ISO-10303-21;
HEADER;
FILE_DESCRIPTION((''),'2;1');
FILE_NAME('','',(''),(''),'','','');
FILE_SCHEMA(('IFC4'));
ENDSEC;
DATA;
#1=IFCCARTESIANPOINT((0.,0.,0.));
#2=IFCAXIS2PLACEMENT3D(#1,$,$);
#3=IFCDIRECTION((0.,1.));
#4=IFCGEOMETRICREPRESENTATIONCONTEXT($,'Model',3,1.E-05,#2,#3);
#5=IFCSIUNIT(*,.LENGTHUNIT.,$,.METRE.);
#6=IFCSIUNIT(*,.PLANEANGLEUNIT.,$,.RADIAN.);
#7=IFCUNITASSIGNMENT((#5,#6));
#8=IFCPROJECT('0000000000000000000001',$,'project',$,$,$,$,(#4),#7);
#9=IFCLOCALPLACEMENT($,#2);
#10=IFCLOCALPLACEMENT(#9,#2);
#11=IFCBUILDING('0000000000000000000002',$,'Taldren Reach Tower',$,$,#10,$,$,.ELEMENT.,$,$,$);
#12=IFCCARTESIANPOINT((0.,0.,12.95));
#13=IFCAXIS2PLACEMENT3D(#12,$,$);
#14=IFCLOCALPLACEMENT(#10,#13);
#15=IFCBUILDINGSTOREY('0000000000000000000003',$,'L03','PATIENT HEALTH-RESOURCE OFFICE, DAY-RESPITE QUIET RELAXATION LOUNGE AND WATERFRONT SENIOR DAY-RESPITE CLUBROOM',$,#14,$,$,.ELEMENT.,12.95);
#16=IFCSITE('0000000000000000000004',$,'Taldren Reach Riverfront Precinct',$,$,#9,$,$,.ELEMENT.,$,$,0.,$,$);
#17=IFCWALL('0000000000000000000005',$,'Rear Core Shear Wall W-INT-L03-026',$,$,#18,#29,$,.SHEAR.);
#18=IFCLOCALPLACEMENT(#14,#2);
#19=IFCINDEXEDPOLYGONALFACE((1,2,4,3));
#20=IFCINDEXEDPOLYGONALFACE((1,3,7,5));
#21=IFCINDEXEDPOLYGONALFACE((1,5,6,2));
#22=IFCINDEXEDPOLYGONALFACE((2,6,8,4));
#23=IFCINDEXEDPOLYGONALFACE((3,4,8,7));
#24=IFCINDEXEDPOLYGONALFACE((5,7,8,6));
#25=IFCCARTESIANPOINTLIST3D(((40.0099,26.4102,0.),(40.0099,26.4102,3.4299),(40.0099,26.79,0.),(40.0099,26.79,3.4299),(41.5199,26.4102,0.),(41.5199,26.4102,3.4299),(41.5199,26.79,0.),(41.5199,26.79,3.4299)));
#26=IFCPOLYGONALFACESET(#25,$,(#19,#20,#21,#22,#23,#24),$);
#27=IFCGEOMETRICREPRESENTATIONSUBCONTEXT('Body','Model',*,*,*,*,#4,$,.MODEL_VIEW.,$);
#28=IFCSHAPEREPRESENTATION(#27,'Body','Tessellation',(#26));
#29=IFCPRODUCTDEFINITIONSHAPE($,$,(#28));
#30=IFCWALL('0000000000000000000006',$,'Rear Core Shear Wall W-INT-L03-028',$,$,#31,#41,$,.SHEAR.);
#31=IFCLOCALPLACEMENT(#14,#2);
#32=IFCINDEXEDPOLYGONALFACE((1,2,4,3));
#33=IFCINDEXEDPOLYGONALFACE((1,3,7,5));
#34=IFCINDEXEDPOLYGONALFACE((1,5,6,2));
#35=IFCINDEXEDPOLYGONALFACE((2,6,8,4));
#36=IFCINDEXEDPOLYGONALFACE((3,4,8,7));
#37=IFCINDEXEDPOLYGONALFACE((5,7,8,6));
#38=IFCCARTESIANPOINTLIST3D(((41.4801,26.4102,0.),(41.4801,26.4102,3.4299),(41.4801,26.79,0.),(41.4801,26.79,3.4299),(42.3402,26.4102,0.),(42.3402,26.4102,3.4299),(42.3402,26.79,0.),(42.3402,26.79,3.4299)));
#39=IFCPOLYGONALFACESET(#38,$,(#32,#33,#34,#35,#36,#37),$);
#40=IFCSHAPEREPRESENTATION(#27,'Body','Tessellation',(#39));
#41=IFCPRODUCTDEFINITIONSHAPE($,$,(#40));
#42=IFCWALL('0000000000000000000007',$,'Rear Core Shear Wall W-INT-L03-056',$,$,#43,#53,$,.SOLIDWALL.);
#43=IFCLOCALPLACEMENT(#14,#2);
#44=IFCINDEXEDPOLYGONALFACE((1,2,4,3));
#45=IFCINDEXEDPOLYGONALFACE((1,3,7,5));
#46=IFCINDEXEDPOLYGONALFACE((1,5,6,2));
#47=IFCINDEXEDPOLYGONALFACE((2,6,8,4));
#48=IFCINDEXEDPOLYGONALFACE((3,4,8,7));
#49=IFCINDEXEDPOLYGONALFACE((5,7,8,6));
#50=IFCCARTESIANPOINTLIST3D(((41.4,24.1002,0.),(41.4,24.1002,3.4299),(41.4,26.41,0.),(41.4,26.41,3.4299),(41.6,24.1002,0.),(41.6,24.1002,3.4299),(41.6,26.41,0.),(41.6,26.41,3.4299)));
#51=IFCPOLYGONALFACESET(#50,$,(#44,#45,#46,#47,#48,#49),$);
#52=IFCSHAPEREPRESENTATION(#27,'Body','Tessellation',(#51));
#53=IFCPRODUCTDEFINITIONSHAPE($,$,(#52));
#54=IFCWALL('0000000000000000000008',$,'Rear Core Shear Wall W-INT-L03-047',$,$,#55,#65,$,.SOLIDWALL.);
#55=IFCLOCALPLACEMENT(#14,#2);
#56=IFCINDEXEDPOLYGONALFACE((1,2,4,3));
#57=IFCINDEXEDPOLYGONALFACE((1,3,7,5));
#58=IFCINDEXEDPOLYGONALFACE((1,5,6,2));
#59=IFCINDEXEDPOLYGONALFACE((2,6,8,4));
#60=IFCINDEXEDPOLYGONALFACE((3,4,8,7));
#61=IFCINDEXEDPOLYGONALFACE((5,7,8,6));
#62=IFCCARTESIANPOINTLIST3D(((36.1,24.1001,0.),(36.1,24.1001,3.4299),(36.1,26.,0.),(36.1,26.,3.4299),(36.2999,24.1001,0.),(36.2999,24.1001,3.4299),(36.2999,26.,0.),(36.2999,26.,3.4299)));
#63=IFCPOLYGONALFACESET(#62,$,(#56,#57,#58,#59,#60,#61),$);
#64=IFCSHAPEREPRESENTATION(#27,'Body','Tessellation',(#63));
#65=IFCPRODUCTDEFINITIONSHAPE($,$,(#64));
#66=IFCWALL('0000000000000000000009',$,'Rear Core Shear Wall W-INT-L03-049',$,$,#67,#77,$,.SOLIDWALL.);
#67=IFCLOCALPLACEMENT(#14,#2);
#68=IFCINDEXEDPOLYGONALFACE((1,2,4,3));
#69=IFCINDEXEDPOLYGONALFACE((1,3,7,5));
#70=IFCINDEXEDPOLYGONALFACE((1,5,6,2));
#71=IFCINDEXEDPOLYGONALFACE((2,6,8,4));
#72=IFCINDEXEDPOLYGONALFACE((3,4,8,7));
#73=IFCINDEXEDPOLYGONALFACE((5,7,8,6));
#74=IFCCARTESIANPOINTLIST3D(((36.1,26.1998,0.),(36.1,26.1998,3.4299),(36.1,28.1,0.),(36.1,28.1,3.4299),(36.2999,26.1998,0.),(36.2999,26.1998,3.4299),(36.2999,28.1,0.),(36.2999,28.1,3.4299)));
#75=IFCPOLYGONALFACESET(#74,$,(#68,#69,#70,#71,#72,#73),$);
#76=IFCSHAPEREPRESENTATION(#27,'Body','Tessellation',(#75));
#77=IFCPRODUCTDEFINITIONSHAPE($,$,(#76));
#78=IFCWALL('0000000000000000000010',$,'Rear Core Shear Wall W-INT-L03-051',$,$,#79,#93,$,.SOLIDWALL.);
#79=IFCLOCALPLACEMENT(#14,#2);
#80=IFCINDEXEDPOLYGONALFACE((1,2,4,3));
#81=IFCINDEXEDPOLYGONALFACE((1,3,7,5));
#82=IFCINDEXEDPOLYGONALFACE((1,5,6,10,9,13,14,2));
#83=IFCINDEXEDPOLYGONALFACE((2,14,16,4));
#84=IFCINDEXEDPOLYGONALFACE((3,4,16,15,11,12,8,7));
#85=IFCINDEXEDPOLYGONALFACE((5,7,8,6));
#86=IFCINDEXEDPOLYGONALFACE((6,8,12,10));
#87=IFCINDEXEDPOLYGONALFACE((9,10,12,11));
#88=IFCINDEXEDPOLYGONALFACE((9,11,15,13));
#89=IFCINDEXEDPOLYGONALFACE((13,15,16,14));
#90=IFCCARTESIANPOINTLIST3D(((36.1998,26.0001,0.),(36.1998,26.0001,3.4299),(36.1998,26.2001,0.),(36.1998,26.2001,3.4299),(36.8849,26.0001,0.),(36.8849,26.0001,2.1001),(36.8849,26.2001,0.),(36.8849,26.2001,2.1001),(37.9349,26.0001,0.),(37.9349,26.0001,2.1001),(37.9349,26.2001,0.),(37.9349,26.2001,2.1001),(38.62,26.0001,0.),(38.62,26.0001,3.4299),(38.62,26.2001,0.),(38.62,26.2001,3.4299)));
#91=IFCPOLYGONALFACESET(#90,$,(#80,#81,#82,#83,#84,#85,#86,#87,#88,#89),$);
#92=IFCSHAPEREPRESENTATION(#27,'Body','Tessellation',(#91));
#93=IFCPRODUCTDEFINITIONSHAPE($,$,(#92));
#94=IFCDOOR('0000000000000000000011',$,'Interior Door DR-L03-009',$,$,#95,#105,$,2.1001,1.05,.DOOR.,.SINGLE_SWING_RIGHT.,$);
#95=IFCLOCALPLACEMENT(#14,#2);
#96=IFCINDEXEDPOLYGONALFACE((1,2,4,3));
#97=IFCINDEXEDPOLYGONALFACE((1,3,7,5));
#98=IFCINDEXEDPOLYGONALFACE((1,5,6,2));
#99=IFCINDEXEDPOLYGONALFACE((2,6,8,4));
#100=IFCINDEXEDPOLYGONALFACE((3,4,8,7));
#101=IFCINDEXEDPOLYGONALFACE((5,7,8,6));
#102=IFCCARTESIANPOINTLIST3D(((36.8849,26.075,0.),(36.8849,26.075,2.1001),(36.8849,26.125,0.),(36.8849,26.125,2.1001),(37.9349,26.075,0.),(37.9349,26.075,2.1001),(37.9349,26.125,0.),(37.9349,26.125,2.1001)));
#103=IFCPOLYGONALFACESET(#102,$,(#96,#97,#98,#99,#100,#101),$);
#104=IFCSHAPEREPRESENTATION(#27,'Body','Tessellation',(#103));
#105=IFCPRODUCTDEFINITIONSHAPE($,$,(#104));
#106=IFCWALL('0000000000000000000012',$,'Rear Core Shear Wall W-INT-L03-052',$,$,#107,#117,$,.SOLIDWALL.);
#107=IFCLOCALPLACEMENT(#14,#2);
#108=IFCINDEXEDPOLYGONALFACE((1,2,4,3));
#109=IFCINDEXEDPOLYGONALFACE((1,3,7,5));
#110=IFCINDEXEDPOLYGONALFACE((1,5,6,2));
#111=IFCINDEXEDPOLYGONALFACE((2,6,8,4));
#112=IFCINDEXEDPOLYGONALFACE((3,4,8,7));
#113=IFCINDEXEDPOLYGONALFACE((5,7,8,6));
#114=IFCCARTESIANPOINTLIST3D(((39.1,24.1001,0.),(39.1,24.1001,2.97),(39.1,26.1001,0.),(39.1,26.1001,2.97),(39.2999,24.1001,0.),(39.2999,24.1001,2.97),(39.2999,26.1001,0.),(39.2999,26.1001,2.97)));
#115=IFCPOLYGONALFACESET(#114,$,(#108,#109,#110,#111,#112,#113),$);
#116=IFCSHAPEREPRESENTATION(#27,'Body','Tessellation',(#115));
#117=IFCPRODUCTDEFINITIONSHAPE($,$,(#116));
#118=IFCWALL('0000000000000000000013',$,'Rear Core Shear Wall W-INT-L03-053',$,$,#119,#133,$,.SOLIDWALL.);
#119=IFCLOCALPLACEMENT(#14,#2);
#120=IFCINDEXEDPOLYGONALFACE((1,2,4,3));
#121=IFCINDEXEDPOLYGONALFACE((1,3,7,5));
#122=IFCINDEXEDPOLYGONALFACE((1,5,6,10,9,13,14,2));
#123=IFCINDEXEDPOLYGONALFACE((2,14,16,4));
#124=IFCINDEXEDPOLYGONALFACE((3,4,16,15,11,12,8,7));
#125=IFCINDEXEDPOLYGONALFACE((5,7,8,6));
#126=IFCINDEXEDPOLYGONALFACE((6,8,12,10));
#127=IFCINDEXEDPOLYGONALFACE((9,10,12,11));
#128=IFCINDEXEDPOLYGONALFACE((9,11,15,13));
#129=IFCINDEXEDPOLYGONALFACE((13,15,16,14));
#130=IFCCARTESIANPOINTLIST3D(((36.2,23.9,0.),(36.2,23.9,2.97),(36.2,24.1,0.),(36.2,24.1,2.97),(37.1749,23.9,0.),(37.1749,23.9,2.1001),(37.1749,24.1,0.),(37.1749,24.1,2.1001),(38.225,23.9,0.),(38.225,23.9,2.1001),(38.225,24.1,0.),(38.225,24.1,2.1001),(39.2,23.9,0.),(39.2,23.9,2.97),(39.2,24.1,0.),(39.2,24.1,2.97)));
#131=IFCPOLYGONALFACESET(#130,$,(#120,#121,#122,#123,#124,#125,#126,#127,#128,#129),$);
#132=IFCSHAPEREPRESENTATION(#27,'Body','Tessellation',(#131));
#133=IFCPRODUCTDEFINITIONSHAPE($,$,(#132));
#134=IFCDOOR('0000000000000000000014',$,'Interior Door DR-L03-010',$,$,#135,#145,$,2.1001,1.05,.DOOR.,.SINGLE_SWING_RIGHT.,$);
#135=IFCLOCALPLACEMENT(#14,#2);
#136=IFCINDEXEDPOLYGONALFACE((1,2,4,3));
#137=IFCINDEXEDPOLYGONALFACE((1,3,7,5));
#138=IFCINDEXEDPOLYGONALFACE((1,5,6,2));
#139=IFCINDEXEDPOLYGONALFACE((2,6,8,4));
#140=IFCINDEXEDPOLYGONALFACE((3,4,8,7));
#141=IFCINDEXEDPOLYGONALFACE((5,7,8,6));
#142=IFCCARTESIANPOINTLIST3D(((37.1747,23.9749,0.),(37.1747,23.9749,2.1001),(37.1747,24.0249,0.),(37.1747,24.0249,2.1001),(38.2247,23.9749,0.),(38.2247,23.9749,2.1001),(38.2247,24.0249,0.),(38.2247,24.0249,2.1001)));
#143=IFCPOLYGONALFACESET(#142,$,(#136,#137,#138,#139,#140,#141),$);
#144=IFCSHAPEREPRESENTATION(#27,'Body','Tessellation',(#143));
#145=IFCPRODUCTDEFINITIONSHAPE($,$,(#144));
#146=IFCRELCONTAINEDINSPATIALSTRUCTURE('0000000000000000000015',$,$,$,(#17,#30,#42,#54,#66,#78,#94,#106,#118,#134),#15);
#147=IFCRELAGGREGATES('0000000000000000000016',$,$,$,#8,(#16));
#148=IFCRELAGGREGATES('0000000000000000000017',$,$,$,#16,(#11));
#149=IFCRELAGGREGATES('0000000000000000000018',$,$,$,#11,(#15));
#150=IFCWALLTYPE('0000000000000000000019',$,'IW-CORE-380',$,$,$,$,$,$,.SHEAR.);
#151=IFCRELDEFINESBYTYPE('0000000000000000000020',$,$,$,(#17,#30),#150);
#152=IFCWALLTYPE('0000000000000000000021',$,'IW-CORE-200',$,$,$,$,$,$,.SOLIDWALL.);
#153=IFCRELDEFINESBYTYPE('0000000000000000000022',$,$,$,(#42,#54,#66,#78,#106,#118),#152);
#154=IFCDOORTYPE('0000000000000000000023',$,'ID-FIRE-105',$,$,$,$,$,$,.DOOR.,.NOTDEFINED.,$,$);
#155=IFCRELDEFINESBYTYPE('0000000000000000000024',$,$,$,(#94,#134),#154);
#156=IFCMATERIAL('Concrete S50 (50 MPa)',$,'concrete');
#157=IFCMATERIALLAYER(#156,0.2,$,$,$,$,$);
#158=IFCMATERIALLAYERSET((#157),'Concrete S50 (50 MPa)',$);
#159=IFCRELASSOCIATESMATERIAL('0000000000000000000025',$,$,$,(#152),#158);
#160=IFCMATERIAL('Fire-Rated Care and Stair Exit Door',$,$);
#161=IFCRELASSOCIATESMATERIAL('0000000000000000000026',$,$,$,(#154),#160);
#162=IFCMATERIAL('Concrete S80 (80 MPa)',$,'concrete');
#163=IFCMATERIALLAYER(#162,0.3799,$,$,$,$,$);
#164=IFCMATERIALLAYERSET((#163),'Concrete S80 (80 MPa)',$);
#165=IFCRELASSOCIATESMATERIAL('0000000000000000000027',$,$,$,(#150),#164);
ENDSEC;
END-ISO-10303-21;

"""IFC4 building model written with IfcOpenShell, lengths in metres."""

from ifc_helpers import new_model, si_unit, direction, frame, frame_2d, origin, place, context, subcontext, project, spatial, rectangle, extrude, source, transform, mapped, material, layer, layer_set, type_object, element, fill, save


model = new_model("IFC4")

# Units and contexts
model_context = context("Model", 3, precision=1e-05, world=origin(), true_north=direction((0.0, 1.0)))
body_context = subcontext(model_context, "Body", "Model", "MODEL_VIEW")
ifc_project = project(units=[si_unit("LENGTHUNIT", "METRE"), si_unit("PLANEANGLEUNIT", "RADIAN")], contexts=[model_context])

# Site, building, storey
site_placement = place(None, origin())
site = spatial("IfcSite", under=ifc_project, at=site_placement, Name="Taldren Reach Riverfront Precinct", CompositionType="ELEMENT", RefElevation=0.0)
building_placement = place(site_placement, origin())
building = spatial("IfcBuilding", under=site, at=building_placement, Name="Taldren Reach Tower", CompositionType="ELEMENT")
storey_placement = place(building_placement, frame((0.0, 0.0, 12.95)))
storey = spatial("IfcBuildingStorey", under=building, at=storey_placement, Name="L03", Description="PATIENT HEALTH-RESOURCE OFFICE, DAY-RESPITE QUIET RELAXATION LOUNGE AND WATERFRONT SENIOR DAY-RESPITE CLUBROOM", CompositionType="ELEMENT", Elevation=12.95)

# Shared definitions
ifc_material_1 = material(Name="Concrete S50 (50 MPa)", Category="concrete")
ifc_layer_1 = layer(ifc_material_1, 0.2)
ifc_layer_set_1 = layer_set([ifc_layer_1], Name="Concrete S50 (50 MPa)")
wall_type_1 = type_object("IfcWallType", Name="IW-CORE-200", PredefinedType="SOLIDWALL", material=ifc_layer_set_1)

# Shared definitions
shared_shape_1 = source(origin(), body_context, "Body", "SweptSolid", [
    extrude(rectangle(XDim=1.05, YDim=2.1001, at=frame_2d((0.5249, 1.05))), frame((0.0, 0.1099, 0.0), z_axis=(0.0, -1.0, 0.0), x_axis=(1.0, 0.0, 0.0)), (0.0, 0.0, 1.0), 0.22),
])
ifc_material_2 = material(Name="Fire-Rated Care and Stair Exit Door")
door_type_1 = type_object("IfcDoorType", Name="ID-FIRE-105", OperationType="NOTDEFINED", PredefinedType="DOOR", material=ifc_material_2)
shared_shape_2 = source(origin(), body_context, "Body", "SweptSolid", [
    extrude(rectangle(XDim=1.05, YDim=2.1001, at=frame_2d((0.5249, 1.05))), frame((0.0, 0.0249, 0.0), z_axis=(0.0, -1.0, 0.0), x_axis=(1.0, 0.0, 0.0)), (0.0, 0.0, 1.0), 0.05),
])

# Walls
ifc_material_3 = material(Name="Concrete S80 (80 MPa)", Category="concrete")
ifc_layer_2 = layer(ifc_material_3, 0.3799)
ifc_layer_set_2 = layer_set([ifc_layer_2], Name="Concrete S80 (80 MPa)")
wall_type_2 = type_object("IfcWallType", Name="IW-CORE-380", PredefinedType="SHEAR", material=ifc_layer_set_2)
shared_shape_3 = source(origin(), body_context, "Body", "SweptSolid", [
    extrude(rectangle(XDim=1.51, YDim=0.3799, at=frame_2d((0.7549, 0.0))), origin(), (0.0, 0.0, 1.0), 3.4299),
])
wall_1_placement = place(storey_placement, frame((40.01, 26.6001, 0.0), z_axis=(0.0, 0.0, 1.0), x_axis=(1.0, 0.0, 0.0)))
element("IfcWall", 1, at=wall_1_placement, inside=storey, type_object=wall_type_2, Name="Rear Core Shear Wall W-INT-L03-026", PredefinedType="SHEAR", context=body_context, shape_type="MappedRepresentation", body=[
    mapped(shared_shape_3, transform((0.0, 0.0, 0.0), scale=1.0)),
])
shared_shape_4 = source(origin(), body_context, "Body", "SweptSolid", [
    extrude(rectangle(XDim=0.8601, YDim=0.3799, at=frame_2d((0.4302, 0.0))), origin(), (0.0, 0.0, 1.0), 3.4299),
])
wall_2_placement = place(storey_placement, frame((41.48, 26.6001, 0.0), z_axis=(0.0, 0.0, 1.0), x_axis=(1.0, 0.0, 0.0)))
element("IfcWall", 2, at=wall_2_placement, inside=storey, type_object=wall_type_2, Name="Rear Core Shear Wall W-INT-L03-028", PredefinedType="SHEAR", context=body_context, shape_type="MappedRepresentation", body=[
    mapped(shared_shape_4, transform((0.0, 0.0, 0.0), scale=1.0)),
])
shared_shape_5 = source(origin(), body_context, "Body", "SweptSolid", [
    extrude(rectangle(XDim=2.3098, YDim=0.2, at=frame_2d((1.1548, 0.0))), origin(), (0.0, 0.0, 1.0), 3.4299),
])
wall_3_placement = place(storey_placement, frame((41.5, 26.4099, 0.0), z_axis=(0.0, 0.0, 1.0), x_axis=(0.0, -1.0, 0.0)))
element("IfcWall", 3, at=wall_3_placement, inside=storey, type_object=wall_type_1, Name="Rear Core Shear Wall W-INT-L03-056", PredefinedType="SOLIDWALL", context=body_context, shape_type="MappedRepresentation", body=[
    mapped(shared_shape_5, transform((0.0, 0.0, 0.0), scale=1.0)),
])
shared_shape_6 = source(origin(), body_context, "Body", "SweptSolid", [
    extrude(rectangle(XDim=1.8999, YDim=0.2, at=frame_2d((0.95, 0.0))), origin(), (0.0, 0.0, 1.0), 3.4299),
])
wall_4_placement = place(storey_placement, frame((36.2, 26.0, 0.0), z_axis=(0.0, 0.0, 1.0), x_axis=(0.0, -1.0, 0.0)))
element("IfcWall", 4, at=wall_4_placement, inside=storey, type_object=wall_type_1, Name="Rear Core Shear Wall W-INT-L03-047", PredefinedType="SOLIDWALL", context=body_context, shape_type="MappedRepresentation", body=[
    mapped(shared_shape_6, transform((0.0, 0.0, 0.0), scale=1.0)),
])
shared_shape_7 = source(origin(), body_context, "Body", "SweptSolid", [
    extrude(rectangle(XDim=1.9001, YDim=0.2, at=frame_2d((0.9502, 0.0))), origin(), (0.0, 0.0, 1.0), 3.4299),
])
wall_5_placement = place(storey_placement, frame((36.2, 28.1001, 0.0), z_axis=(0.0, 0.0, 1.0), x_axis=(0.0, -1.0, 0.0)))
element("IfcWall", 5, at=wall_5_placement, inside=storey, type_object=wall_type_1, Name="Rear Core Shear Wall W-INT-L03-049", PredefinedType="SOLIDWALL", context=body_context, shape_type="MappedRepresentation", body=[
    mapped(shared_shape_7, transform((0.0, 0.0, 0.0), scale=1.0)),
])

# Wall, opening, door
shared_shape_8 = source(origin(), body_context, "Body", "SweptSolid", [
    extrude(rectangle(XDim=2.4202, YDim=0.2, at=frame_2d((1.21, 0.0))), origin(), (0.0, 0.0, 1.0), 3.4299),
])
wall_6_placement = place(storey_placement, frame((36.2, 26.1001, 0.0), z_axis=(0.0, 0.0, 1.0), x_axis=(1.0, 0.0, 0.0)))
wall_6 = element("IfcWall", 6, at=wall_6_placement, inside=storey, type_object=wall_type_1, Name="Rear Core Shear Wall W-INT-L03-051", PredefinedType="SOLIDWALL", context=body_context, shape_type="MappedRepresentation", body=[
    mapped(shared_shape_8, transform((0.0, 0.0, 0.0), scale=1.0)),
])
opening_1_placement = place(wall_6_placement, frame((0.6851, 0.0, 0.0)))
opening_1 = element("IfcOpeningElement", 7, at=opening_1_placement, cuts=wall_6, PredefinedType="OPENING", context=body_context, shape_type="MappedRepresentation", body=[
    mapped(shared_shape_1, transform((0.0, 0.0, 0.0), scale=1.0)),
])
door_1_placement = place(opening_1_placement, origin())
door_1 = element("IfcDoor", 8, at=door_1_placement, inside=storey, type_object=door_type_1, Name="Interior Door DR-L03-009", OperationType="SINGLE_SWING_RIGHT", OverallHeight=2.1001, OverallWidth=1.05, PredefinedType="DOOR", context=body_context, shape_type="MappedRepresentation", body=[
    mapped(shared_shape_2, transform((0.0, 0.0, 0.0), scale=1.0)),
])
fill(opening_1, door_1)

# Wall
shared_shape_9 = source(origin(), body_context, "Body", "SweptSolid", [
    extrude(rectangle(XDim=2.0, YDim=0.2, at=frame_2d((1.0, 0.0))), origin(), (0.0, 0.0, 1.0), 2.97),
])
wall_7_placement = place(storey_placement, frame((39.2, 26.1001, 0.0), z_axis=(0.0, 0.0, 1.0), x_axis=(0.0, -1.0, 0.0)))
element("IfcWall", 9, at=wall_7_placement, inside=storey, type_object=wall_type_1, Name="Rear Core Shear Wall W-INT-L03-052", PredefinedType="SOLIDWALL", context=body_context, shape_type="MappedRepresentation", body=[
    mapped(shared_shape_9, transform((0.0, 0.0, 0.0), scale=1.0)),
])

# Wall, opening, door
shared_shape_10 = source(origin(), body_context, "Body", "SweptSolid", [
    extrude(rectangle(XDim=3.0, YDim=0.2, at=frame_2d((1.5, 0.0))), origin(), (0.0, 0.0, 1.0), 2.97),
])
wall_8_placement = place(storey_placement, frame((39.2, 24.0, 0.0), z_axis=(0.0, 0.0, 1.0), x_axis=(-1.0, 0.0, 0.0)))
wall_8 = element("IfcWall", 10, at=wall_8_placement, inside=storey, type_object=wall_type_1, Name="Rear Core Shear Wall W-INT-L03-053", PredefinedType="SOLIDWALL", context=body_context, shape_type="MappedRepresentation", body=[
    mapped(shared_shape_10, transform((0.0, 0.0, 0.0), scale=1.0)),
])
opening_2_placement = place(wall_8_placement, frame((0.9751, 0.0, 0.0)))
opening_2 = element("IfcOpeningElement", 11, at=opening_2_placement, cuts=wall_8, PredefinedType="OPENING", context=body_context, shape_type="MappedRepresentation", body=[
    mapped(shared_shape_1, transform((0.0, 0.0, 0.0), scale=1.0)),
])
door_2_placement = place(opening_2_placement, frame((1.05, 0.0, 0.0), z_axis=(0.0, 0.0, 1.0), x_axis=(-1.0, 0.0, 0.0)))
door_2 = element("IfcDoor", 12, at=door_2_placement, inside=storey, type_object=door_type_1, Name="Interior Door DR-L03-010", OperationType="SINGLE_SWING_RIGHT", OverallHeight=2.1001, OverallWidth=1.05, PredefinedType="DOOR", context=body_context, shape_type="MappedRepresentation", body=[
    mapped(shared_shape_2, transform((0.0, 0.0, 0.0), scale=1.0)),
])
fill(opening_2, door_2)

save(model, "model.ifc")
